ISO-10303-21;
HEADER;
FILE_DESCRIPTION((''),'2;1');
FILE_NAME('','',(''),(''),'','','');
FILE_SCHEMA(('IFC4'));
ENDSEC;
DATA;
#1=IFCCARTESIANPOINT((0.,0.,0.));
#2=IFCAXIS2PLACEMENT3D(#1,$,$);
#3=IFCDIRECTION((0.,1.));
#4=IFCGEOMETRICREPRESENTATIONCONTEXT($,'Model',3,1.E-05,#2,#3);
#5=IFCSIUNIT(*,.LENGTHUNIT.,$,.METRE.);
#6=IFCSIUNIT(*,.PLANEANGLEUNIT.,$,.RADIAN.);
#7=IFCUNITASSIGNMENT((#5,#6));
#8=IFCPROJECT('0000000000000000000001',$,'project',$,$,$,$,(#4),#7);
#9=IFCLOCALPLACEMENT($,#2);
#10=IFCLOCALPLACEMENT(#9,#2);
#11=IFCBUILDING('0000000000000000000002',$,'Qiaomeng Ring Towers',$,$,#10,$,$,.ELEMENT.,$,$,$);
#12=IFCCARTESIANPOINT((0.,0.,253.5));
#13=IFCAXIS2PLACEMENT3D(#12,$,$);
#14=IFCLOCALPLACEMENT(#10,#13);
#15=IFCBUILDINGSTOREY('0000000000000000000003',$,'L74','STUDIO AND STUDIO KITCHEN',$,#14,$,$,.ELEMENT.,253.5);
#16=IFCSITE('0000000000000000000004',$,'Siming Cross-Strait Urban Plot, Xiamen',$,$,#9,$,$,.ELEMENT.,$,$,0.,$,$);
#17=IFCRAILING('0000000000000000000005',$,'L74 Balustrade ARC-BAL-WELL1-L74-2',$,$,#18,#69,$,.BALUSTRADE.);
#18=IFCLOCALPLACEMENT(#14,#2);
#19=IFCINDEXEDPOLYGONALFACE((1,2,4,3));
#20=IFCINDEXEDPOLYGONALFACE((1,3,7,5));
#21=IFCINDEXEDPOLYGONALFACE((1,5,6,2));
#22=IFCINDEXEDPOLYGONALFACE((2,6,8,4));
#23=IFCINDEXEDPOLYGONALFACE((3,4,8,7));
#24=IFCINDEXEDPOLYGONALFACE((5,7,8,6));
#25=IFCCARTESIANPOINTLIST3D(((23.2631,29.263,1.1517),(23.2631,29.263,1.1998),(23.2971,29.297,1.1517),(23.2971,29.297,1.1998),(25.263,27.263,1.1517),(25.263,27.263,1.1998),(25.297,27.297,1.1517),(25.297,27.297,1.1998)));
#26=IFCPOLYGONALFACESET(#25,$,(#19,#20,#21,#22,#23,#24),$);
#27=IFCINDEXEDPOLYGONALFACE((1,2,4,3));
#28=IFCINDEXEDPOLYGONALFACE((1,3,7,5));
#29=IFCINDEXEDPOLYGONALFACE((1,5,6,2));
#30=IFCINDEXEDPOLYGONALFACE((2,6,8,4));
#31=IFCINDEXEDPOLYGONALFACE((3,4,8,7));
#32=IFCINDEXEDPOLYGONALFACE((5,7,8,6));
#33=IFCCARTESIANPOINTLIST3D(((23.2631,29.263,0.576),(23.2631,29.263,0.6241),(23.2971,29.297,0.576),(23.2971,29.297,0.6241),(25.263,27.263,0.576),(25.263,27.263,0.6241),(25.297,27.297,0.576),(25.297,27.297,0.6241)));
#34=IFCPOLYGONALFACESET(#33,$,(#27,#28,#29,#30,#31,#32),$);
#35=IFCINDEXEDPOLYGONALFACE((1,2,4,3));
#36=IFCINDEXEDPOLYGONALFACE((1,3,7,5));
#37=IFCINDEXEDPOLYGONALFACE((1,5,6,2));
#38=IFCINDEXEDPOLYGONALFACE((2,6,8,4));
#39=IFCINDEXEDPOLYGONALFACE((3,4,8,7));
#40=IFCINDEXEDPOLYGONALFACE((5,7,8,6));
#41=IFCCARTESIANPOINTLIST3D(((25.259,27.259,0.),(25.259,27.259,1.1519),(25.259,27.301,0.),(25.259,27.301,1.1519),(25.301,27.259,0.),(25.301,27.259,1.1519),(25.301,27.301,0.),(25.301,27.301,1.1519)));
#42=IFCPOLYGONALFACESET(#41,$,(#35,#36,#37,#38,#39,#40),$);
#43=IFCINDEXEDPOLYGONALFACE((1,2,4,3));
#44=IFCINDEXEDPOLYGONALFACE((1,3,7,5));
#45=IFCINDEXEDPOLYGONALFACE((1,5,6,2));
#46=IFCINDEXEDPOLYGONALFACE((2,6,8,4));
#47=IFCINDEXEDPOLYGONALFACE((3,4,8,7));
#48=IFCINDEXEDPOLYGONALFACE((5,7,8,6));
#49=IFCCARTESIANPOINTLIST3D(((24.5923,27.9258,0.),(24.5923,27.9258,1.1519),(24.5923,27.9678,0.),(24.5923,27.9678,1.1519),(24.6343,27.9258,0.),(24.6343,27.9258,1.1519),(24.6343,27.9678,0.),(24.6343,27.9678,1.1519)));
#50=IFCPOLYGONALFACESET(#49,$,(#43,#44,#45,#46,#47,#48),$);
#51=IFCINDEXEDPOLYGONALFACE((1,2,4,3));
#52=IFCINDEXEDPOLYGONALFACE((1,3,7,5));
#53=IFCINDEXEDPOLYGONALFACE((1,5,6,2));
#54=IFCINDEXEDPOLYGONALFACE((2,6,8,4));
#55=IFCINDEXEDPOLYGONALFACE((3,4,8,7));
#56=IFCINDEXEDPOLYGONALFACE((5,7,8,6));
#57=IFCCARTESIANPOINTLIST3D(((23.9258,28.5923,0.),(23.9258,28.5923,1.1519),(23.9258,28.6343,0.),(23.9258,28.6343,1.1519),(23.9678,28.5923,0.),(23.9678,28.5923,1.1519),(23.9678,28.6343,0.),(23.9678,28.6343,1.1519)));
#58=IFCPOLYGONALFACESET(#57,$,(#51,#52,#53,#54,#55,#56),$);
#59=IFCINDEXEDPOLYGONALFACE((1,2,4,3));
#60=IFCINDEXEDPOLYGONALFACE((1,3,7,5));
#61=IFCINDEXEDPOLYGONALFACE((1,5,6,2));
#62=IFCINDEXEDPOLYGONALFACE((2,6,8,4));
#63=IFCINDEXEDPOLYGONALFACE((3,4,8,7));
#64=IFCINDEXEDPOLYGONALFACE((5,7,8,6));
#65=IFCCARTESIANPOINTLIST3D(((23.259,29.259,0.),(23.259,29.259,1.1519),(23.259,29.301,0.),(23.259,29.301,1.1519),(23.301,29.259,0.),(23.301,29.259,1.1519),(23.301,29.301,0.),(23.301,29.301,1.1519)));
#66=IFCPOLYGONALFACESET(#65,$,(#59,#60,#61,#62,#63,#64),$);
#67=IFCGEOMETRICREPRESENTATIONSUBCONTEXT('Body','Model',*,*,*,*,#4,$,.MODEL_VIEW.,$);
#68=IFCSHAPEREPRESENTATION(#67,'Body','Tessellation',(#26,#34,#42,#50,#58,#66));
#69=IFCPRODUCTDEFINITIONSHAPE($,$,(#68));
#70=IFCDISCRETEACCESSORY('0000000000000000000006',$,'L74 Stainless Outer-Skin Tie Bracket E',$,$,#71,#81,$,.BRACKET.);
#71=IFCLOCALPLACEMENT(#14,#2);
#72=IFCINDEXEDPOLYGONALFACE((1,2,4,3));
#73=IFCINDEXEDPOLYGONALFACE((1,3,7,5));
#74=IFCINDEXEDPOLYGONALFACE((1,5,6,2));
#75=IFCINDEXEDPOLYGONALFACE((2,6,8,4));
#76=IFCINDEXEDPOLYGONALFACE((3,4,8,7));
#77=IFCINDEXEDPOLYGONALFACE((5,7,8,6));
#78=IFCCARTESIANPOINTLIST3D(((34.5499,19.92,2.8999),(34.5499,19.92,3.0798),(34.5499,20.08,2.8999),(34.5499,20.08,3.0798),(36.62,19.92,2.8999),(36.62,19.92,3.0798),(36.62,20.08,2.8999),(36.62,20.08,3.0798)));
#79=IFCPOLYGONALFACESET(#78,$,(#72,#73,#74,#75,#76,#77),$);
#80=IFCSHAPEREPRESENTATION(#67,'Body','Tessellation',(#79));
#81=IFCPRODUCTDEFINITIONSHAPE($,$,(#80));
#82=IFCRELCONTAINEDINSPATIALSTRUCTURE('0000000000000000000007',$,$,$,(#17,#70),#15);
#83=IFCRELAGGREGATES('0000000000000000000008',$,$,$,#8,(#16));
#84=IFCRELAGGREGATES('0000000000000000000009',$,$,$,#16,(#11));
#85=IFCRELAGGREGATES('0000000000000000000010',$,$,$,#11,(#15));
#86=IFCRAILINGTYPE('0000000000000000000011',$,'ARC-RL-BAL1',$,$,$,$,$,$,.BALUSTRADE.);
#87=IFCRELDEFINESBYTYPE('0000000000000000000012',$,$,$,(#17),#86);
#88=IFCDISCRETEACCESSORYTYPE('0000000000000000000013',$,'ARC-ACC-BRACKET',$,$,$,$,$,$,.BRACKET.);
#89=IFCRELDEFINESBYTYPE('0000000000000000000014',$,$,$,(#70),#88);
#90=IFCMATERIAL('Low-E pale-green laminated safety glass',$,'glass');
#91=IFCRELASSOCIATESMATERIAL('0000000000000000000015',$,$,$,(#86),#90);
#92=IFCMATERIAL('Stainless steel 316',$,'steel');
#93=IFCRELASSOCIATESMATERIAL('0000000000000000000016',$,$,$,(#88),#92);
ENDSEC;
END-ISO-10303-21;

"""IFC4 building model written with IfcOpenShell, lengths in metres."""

from ifc_helpers import new_model, si_unit, direction, frame, origin, origin_2d, place, context, subcontext, project, spatial, rectangle, extrude, source, transform, mapped, material, type_object, element, save


model = new_model("IFC4")

# Units and contexts
model_context = context("Model", 3, precision=1e-05, world=origin(), true_north=direction((0.0, 1.0)))
body_context = subcontext(model_context, "Body", "Model", "MODEL_VIEW")
ifc_project = project(units=[si_unit("LENGTHUNIT", "METRE"), si_unit("PLANEANGLEUNIT", "RADIAN")], contexts=[model_context])

# Site, building, storey
site_placement = place(None, origin())
site = spatial("IfcSite", under=ifc_project, at=site_placement, Name="Siming Cross-Strait Urban Plot, Xiamen", CompositionType="ELEMENT", RefElevation=0.0)
building_placement = place(site_placement, origin())
building = spatial("IfcBuilding", under=site, at=building_placement, Name="Qiaomeng Ring Towers", CompositionType="ELEMENT")
storey_placement = place(building_placement, frame((0.0, 0.0, 253.5)))
storey = spatial("IfcBuildingStorey", under=building, at=storey_placement, Name="L74", Description="STUDIO AND STUDIO KITCHEN", CompositionType="ELEMENT", Elevation=253.5)

# Shared definitions
ifc_material_1 = material(Name="Stainless steel 316", Category="steel")

# Railing
ifc_material_2 = material(Name="Low-E pale-green laminated safety glass", Category="glass")
railing_type = type_object("IfcRailingType", Name="ARC-RL-BAL1", PredefinedType="BALUSTRADE", material=ifc_material_2)
railing_placement = place(storey_placement, frame((25.28, 27.28, 0.0)))
element("IfcRailing", 1, at=railing_placement, inside=storey, type_object=railing_type, Name="L74 Balustrade ARC-BAL-WELL1-L74-2", PredefinedType="BALUSTRADE", context=body_context, shape_type="SweptSolid", body=[
    extrude(rectangle(XDim=0.0481, YDim=0.0481, at=origin_2d()), frame((0.0, 0.0, 1.1758), z_axis=(-0.707107, 0.707107, 0.0), x_axis=(-0.707107, -0.707107, 0.0)), (0.0, 0.0, 1.0), 2.8284),
    extrude(rectangle(XDim=0.0481, YDim=0.0481, at=origin_2d()), frame((0.0, 0.0, 0.6001), z_axis=(-0.707107, 0.707107, 0.0), x_axis=(-0.707107, -0.707107, 0.0)), (0.0, 0.0, 1.0), 2.8284),
    extrude(rectangle(XDim=0.042, YDim=0.042, at=origin_2d()), origin(), (0.0, 0.0, 1.0), 1.1519),
    extrude(rectangle(XDim=0.042, YDim=0.042, at=origin_2d()), frame((-0.6667, 0.6667, 0.0)), (0.0, 0.0, 1.0), 1.1519),
    extrude(rectangle(XDim=0.042, YDim=0.042, at=origin_2d()), frame((-1.3333, 1.3333, 0.0)), (0.0, 0.0, 1.0), 1.1519),
    extrude(rectangle(XDim=0.042, YDim=0.042, at=origin_2d()), frame((-2.0, 2.0, 0.0)), (0.0, 0.0, 1.0), 1.1519),
])

# Discrete accessory
discrete_accessory_type = type_object("IfcDiscreteAccessoryType", Name="ARC-ACC-BRACKET", PredefinedType="BRACKET", material=ifc_material_1)
shared_shape_1 = source(origin(), body_context, "Body", "SweptSolid", [
    extrude(rectangle(XDim=2.0701, YDim=0.1599, at=origin_2d()), origin(), (0.0, 0.0, 1.0), 0.1799),
])
discrete_accessory_placement = place(storey_placement, frame((35.585, 20.0, 2.8999), z_axis=(0.0, 0.0, 1.0), x_axis=(1.0, 0.0, 0.0)))
element("IfcDiscreteAccessory", 2, at=discrete_accessory_placement, inside=storey, type_object=discrete_accessory_type, Name="L74 Stainless Outer-Skin Tie Bracket E", PredefinedType="BRACKET", context=body_context, shape_type="MappedRepresentation", body=[
    mapped(shared_shape_1, transform((0.0, 0.0, 0.0), x_axis=(1.0, 0.0, 0.0), y_axis=(0.0, 1.0, 0.0), z_axis=(0.0, 0.0, 1.0), scale=1.0)),
])

save(model, "model.ifc")
